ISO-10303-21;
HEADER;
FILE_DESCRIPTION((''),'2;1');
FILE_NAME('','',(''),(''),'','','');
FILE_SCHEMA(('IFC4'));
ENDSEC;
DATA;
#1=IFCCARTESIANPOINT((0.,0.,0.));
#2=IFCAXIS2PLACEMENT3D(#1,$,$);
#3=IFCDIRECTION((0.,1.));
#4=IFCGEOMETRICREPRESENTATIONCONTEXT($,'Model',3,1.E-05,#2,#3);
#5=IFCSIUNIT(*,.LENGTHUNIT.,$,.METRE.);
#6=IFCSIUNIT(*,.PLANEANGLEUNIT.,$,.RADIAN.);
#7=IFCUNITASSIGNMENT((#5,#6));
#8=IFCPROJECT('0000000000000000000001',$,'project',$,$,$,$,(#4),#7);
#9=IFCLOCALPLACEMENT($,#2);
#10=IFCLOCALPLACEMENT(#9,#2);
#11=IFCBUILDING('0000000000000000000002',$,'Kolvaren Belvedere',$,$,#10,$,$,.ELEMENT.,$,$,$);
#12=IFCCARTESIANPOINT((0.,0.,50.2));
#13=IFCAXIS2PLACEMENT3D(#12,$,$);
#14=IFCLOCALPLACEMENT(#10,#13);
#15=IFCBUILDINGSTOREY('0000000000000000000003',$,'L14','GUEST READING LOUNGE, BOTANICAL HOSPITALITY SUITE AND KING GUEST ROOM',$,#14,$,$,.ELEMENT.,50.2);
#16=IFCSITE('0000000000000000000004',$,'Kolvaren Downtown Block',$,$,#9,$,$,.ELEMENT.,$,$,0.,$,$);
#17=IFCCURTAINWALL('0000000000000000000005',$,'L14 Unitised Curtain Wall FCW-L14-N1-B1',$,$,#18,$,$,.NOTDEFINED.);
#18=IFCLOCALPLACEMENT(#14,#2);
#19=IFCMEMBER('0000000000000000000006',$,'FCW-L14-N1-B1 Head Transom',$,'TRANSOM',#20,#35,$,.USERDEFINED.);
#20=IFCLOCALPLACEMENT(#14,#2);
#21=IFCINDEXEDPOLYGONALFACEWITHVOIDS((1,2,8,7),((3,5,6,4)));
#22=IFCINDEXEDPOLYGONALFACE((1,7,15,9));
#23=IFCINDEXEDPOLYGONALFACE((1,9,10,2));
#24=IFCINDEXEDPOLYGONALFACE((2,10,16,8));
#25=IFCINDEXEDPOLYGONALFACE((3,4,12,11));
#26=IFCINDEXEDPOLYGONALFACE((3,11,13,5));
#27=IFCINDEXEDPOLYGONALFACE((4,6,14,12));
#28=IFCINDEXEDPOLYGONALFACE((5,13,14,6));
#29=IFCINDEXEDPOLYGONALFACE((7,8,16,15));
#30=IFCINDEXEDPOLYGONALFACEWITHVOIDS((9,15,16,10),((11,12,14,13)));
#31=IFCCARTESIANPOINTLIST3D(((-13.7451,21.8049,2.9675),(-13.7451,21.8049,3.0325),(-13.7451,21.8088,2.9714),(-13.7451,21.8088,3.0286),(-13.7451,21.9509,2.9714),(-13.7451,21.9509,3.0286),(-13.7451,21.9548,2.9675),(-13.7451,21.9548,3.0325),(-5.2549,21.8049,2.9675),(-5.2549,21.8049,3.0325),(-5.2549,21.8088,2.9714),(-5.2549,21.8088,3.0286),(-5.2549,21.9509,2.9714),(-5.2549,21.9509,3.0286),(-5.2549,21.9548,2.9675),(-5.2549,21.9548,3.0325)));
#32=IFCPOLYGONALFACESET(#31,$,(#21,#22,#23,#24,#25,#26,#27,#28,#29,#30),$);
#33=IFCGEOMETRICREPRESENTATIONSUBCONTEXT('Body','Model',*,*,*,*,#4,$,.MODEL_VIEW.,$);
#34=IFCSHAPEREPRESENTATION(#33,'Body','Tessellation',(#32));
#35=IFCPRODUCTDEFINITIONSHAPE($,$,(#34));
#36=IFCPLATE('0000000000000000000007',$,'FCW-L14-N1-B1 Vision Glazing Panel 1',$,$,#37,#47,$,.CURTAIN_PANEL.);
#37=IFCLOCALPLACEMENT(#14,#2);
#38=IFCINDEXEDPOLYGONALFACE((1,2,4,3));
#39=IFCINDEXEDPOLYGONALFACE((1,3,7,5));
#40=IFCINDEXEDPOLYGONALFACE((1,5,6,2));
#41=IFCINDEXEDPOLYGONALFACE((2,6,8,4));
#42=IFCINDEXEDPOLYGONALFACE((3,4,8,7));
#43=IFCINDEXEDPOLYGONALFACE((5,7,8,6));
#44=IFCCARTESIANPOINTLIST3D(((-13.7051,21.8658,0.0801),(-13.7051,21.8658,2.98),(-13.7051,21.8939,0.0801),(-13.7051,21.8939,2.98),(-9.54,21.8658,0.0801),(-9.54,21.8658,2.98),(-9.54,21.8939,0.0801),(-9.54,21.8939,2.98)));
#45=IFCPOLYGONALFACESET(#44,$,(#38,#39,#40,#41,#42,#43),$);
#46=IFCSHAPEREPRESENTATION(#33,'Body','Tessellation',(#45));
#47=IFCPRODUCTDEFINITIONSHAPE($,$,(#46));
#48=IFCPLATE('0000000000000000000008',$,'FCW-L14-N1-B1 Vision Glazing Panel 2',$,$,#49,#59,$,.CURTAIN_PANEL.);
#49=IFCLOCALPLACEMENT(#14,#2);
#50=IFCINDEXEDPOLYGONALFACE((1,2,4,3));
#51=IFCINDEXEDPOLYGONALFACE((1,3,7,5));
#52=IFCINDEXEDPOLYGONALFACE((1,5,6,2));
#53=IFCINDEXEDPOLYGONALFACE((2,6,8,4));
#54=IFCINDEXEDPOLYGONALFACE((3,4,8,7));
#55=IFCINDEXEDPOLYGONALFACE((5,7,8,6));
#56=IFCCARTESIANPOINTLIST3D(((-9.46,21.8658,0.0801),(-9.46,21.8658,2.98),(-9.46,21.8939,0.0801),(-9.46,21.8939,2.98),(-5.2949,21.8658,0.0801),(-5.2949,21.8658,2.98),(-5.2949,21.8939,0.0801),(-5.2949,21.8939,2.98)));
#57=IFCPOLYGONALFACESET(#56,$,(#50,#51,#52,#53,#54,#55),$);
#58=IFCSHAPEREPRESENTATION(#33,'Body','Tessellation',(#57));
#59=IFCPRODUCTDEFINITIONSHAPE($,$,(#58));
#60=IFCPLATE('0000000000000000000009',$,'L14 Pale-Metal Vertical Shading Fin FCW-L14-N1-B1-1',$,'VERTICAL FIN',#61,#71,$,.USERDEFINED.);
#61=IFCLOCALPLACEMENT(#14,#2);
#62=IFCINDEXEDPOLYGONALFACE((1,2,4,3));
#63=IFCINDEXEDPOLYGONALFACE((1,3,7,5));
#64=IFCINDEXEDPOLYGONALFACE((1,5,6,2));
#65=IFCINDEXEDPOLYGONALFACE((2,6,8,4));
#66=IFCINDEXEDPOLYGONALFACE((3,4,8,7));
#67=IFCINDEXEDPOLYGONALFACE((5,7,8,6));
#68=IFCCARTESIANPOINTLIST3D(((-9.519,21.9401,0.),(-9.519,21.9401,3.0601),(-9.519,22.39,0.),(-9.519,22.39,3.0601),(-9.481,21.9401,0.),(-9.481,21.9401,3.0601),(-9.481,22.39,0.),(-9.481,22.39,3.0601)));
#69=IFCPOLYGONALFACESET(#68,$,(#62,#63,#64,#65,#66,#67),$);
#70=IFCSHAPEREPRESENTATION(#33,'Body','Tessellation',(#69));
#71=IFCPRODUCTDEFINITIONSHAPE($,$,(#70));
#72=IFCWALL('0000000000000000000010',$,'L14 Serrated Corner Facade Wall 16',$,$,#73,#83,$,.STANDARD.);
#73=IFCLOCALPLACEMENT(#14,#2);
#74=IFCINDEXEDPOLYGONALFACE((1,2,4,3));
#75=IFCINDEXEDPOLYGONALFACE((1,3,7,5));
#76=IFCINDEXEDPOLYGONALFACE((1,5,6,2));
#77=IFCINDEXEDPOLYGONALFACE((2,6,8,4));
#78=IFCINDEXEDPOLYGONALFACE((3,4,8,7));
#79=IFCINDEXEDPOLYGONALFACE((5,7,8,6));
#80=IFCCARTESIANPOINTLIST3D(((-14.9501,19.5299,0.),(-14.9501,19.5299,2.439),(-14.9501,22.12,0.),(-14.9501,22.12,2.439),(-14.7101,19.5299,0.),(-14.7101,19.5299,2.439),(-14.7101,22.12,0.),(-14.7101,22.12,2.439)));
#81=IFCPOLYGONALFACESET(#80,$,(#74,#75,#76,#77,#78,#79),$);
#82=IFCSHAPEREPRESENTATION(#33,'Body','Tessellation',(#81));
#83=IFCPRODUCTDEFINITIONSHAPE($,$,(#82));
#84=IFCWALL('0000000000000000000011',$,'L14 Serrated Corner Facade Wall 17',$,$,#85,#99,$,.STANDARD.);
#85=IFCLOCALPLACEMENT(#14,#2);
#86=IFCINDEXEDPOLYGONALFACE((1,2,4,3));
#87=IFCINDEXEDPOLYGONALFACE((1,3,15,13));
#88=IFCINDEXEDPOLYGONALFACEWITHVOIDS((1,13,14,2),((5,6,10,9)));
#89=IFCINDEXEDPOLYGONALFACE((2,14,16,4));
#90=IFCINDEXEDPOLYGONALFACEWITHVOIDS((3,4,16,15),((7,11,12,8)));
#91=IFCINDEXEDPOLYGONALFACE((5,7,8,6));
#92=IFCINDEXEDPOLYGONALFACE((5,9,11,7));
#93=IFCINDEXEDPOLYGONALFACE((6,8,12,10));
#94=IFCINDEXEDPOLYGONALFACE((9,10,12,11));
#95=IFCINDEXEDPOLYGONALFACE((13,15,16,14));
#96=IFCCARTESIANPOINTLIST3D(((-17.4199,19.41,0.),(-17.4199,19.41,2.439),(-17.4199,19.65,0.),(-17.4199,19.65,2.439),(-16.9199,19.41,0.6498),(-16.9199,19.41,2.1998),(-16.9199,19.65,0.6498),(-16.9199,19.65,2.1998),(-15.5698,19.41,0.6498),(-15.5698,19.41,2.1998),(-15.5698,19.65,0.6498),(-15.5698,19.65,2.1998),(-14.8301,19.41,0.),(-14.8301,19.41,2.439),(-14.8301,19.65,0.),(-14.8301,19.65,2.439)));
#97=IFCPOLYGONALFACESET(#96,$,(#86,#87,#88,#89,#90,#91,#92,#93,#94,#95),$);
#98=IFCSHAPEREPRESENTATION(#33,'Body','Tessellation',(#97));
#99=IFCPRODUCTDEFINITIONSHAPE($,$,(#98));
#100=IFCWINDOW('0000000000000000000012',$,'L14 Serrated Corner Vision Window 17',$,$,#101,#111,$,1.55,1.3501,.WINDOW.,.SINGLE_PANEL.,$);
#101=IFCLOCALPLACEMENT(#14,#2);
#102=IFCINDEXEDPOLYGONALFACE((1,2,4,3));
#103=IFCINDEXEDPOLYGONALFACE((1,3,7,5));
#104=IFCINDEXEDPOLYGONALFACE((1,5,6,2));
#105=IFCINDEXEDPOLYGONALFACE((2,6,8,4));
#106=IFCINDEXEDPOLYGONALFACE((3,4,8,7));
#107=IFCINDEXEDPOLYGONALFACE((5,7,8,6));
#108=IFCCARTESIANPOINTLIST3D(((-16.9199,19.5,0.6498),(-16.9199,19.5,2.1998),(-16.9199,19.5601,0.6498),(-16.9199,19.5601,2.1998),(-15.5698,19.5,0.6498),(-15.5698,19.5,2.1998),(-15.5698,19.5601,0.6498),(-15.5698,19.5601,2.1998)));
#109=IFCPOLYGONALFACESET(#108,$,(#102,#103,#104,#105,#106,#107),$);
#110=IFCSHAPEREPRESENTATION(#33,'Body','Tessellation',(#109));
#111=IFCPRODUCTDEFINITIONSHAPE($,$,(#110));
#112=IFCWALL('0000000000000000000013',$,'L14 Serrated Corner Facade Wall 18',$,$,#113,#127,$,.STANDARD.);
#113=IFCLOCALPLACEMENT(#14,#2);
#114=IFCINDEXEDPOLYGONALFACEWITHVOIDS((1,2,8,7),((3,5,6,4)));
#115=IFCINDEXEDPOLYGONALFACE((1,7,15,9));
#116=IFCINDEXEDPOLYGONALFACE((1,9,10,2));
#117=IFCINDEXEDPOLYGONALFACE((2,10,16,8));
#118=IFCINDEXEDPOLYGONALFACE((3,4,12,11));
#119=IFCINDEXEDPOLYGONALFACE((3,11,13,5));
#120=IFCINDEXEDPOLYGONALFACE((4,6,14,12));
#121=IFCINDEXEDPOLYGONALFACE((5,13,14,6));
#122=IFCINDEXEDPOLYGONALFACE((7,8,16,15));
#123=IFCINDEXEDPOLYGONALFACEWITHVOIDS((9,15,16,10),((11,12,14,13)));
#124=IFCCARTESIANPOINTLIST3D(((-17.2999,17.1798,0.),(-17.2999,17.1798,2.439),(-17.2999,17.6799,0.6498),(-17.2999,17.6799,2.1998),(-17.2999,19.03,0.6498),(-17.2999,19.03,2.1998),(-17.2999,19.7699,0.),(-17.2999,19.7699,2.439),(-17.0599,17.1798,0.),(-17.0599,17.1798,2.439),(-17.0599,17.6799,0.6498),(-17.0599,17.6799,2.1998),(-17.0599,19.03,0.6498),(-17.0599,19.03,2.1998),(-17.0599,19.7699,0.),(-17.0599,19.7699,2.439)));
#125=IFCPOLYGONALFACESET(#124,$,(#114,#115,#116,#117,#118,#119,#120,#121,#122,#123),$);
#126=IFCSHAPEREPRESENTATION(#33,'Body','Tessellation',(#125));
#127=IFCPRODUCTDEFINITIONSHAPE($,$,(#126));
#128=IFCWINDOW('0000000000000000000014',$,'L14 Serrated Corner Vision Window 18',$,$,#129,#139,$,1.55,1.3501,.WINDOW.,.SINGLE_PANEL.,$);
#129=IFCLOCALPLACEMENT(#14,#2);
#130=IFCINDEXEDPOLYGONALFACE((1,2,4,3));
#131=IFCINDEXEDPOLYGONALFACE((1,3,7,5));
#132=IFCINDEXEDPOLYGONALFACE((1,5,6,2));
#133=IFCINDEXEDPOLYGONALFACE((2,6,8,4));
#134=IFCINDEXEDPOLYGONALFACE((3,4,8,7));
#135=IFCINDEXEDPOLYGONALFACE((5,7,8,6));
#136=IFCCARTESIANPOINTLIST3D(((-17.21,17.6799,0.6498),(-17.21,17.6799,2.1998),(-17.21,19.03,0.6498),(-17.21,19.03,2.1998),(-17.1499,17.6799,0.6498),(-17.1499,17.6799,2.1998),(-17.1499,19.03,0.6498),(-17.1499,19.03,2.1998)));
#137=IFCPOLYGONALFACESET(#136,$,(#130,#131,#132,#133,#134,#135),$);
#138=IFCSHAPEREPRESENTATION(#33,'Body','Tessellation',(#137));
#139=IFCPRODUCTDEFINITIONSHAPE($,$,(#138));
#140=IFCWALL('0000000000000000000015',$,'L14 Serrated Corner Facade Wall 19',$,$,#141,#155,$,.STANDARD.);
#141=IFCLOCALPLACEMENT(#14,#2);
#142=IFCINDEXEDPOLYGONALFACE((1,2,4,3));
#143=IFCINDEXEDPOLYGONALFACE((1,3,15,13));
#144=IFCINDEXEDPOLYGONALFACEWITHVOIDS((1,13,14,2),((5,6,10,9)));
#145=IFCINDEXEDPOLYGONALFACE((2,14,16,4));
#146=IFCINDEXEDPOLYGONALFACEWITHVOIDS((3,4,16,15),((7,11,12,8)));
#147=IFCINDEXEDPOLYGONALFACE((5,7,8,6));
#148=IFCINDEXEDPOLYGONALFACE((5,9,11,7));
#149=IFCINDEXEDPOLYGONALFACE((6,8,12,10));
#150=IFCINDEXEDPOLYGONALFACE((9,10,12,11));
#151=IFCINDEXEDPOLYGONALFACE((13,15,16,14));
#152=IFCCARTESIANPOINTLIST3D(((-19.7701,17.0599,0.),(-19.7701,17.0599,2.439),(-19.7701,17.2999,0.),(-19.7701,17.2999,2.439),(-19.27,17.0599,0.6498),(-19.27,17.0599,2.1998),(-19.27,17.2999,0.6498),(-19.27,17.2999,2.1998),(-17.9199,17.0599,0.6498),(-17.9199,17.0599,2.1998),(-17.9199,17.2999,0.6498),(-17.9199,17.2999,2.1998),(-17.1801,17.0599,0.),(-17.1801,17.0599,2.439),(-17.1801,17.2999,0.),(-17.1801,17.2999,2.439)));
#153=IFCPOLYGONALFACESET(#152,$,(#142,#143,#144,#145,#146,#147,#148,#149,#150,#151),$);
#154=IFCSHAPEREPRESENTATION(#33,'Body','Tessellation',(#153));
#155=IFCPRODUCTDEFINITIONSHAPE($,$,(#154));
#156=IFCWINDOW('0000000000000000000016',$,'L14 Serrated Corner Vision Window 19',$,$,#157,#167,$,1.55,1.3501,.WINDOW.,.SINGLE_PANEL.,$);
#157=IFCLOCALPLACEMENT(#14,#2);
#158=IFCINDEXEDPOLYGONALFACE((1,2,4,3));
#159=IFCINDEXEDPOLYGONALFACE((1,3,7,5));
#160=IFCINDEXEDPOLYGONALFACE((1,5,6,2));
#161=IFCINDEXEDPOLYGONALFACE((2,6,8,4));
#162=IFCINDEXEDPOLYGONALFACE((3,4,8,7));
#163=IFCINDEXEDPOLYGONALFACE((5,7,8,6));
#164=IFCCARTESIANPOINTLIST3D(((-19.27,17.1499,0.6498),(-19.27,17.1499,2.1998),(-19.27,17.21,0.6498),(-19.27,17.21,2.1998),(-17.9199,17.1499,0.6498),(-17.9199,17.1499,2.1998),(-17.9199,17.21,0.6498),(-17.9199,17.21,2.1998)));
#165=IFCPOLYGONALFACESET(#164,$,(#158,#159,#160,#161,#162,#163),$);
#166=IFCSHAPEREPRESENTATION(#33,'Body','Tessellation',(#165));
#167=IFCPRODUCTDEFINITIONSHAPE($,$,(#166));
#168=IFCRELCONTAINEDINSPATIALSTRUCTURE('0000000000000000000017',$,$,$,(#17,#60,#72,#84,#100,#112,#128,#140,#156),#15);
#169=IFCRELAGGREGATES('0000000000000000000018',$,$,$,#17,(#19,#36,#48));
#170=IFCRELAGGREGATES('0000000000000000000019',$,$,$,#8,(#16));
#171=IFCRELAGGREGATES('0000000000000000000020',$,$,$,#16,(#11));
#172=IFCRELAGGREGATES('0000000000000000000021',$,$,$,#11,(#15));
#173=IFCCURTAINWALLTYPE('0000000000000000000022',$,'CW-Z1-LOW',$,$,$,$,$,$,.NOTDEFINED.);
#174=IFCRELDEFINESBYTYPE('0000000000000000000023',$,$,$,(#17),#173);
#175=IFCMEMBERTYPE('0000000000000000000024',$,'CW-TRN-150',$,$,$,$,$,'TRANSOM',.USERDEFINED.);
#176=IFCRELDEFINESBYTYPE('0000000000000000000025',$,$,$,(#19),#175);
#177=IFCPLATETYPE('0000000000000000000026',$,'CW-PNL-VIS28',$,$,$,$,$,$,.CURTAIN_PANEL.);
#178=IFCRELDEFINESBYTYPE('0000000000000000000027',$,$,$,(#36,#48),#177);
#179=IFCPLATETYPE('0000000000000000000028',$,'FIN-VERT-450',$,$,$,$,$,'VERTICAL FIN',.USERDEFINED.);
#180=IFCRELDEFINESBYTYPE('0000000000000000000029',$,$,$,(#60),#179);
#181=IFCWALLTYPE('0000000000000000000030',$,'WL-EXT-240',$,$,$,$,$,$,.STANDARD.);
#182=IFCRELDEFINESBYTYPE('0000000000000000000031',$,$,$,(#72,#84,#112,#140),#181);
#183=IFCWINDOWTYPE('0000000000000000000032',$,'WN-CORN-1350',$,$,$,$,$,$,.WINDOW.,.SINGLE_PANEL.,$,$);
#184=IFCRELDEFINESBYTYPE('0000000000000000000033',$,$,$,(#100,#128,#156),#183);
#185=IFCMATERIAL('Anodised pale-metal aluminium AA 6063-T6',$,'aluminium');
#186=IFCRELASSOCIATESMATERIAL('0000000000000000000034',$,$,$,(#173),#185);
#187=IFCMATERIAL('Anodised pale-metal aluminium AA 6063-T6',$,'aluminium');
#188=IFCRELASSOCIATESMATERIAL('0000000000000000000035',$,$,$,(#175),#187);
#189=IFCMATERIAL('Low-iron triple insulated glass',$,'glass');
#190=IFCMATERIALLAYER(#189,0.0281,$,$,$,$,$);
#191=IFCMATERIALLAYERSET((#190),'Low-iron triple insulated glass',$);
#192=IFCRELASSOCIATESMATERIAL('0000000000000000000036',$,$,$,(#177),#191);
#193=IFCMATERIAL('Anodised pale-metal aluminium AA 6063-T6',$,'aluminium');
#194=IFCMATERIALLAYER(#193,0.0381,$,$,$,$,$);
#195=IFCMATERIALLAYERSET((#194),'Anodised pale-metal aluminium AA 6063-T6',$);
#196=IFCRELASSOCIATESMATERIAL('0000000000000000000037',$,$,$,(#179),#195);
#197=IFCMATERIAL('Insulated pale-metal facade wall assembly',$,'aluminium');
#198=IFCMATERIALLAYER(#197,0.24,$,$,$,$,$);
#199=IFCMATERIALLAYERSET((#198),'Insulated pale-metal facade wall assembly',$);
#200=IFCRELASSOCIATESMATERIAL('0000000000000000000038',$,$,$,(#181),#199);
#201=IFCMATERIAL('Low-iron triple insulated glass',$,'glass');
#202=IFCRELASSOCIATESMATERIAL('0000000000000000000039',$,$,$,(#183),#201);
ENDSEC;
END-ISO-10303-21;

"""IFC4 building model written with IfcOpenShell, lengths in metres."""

from ifc_helpers import new_model, si_unit, direction, frame, frame_2d, origin, origin_2d, place, context, subcontext, project, spatial, rectangle, hollow_rectangle, extrude, material, layer, layer_set, material_profile, profile_set, type_object, element, fill, aggregate, save


model = new_model("IFC4")

# Units and contexts
model_context = context("Model", 3, precision=1e-05, world=origin(), true_north=direction((0.0, 1.0)))
body_context = subcontext(model_context, "Body", "Model", "MODEL_VIEW")
ifc_project = project(units=[si_unit("LENGTHUNIT", "METRE"), si_unit("PLANEANGLEUNIT", "RADIAN")], contexts=[model_context])

# Site, building, storey
site_placement = place(None, origin())
site = spatial("IfcSite", under=ifc_project, at=site_placement, Name="Kolvaren Downtown Block", CompositionType="ELEMENT", RefElevation=0.0)
building_placement = place(site_placement, origin())
building = spatial("IfcBuilding", under=site, at=building_placement, Name="Kolvaren Belvedere", CompositionType="ELEMENT")
storey_placement = place(building_placement, frame((0.0, 0.0, 50.2)))
storey = spatial("IfcBuildingStorey", under=building, at=storey_placement, Name="L14", Description="GUEST READING LOUNGE, BOTANICAL HOSPITALITY SUITE AND KING GUEST ROOM", CompositionType="ELEMENT", Elevation=50.2)

# Curtain wall
ifc_material_1 = material(Name="Anodised pale-metal aluminium AA 6063-T6", Category="aluminium")
curtain_wall_type = type_object("IfcCurtainWallType", Name="CW-Z1-LOW", PredefinedType="NOTDEFINED", material=ifc_material_1)
curtain_wall_1_placement = place(storey_placement, origin())
curtain_wall_1 = element("IfcCurtainWall", 1, at=curtain_wall_1_placement, inside=storey, type_object=curtain_wall_type, Name="L14 Unitised Curtain Wall FCW-L14-N1-B1", PredefinedType="NOTDEFINED")

# Member
ifc_material_2 = material(Name="Anodised pale-metal aluminium AA 6063-T6", Category="aluminium")
ifc_material_profile_1 = material_profile(ifc_material_2, hollow_rectangle(XDim=0.0649, YDim=0.1499, WallThickness=0.0039, at=origin_2d()), Name="ALU-TRN-150X65")
ifc_profile_set_1 = profile_set([ifc_material_profile_1], Name="Anodised pale-metal aluminium AA 6063-T6")
member_type_1 = type_object("IfcMemberType", Name="CW-TRN-150", ElementType="TRANSOM", PredefinedType="USERDEFINED", material=ifc_profile_set_1)
member_1_placement = place(storey_placement, frame((-13.7451, 21.8799, 3.0), z_axis=(1.0, 0.0, 0.0), x_axis=(0.0, 0.0, 1.0)))
member_1 = element("IfcMember", 2, at=member_1_placement, type_object=member_type_1, Name="FCW-L14-N1-B1 Head Transom", ObjectType="TRANSOM", PredefinedType="USERDEFINED", context=body_context, shape_type="SweptSolid", body=[
    extrude(hollow_rectangle(XDim=0.0649, YDim=0.1499, WallThickness=0.0039, at=origin_2d()), origin(), (0.0, 0.0, 1.0), 8.4902),
])

# Plates
ifc_material_3 = material(Name="Low-iron triple insulated glass", Category="glass")
ifc_layer_1 = layer(ifc_material_3, 0.0281)
ifc_layer_set_1 = layer_set([ifc_layer_1], Name="Low-iron triple insulated glass")
plate_type_1 = type_object("IfcPlateType", Name="CW-PNL-VIS28", PredefinedType="CURTAIN_PANEL", material=ifc_layer_set_1)
plate_1_placement = place(storey_placement, frame((-11.6226, 21.8799, 0.0801), z_axis=(0.0, 0.0, 1.0), x_axis=(1.0, 0.0, 0.0)))
plate_1 = element("IfcPlate", 3, at=plate_1_placement, type_object=plate_type_1, Name="FCW-L14-N1-B1 Vision Glazing Panel 1", PredefinedType="CURTAIN_PANEL", context=body_context, shape_type="SweptSolid", body=[
    extrude(rectangle(XDim=4.165, YDim=0.0281, at=origin_2d()), origin(), (0.0, 0.0, 1.0), 2.8999),
])
plate_2_placement = place(storey_placement, frame((-7.3774, 21.8799, 0.0801), z_axis=(0.0, 0.0, 1.0), x_axis=(1.0, 0.0, 0.0)))
plate_2 = element("IfcPlate", 4, at=plate_2_placement, type_object=plate_type_1, Name="FCW-L14-N1-B1 Vision Glazing Panel 2", PredefinedType="CURTAIN_PANEL", context=body_context, shape_type="SweptSolid", body=[
    extrude(rectangle(XDim=4.165, YDim=0.0281, at=origin_2d()), origin(), (0.0, 0.0, 1.0), 2.8999),
])
aggregate(curtain_wall_1, [member_1, plate_1, plate_2])
ifc_material_4 = material(Name="Anodised pale-metal aluminium AA 6063-T6", Category="aluminium")
ifc_layer_2 = layer(ifc_material_4, 0.0381)
ifc_layer_set_2 = layer_set([ifc_layer_2], Name="Anodised pale-metal aluminium AA 6063-T6")
plate_type_2 = type_object("IfcPlateType", Name="FIN-VERT-450", ElementType="VERTICAL FIN", PredefinedType="USERDEFINED", material=ifc_layer_set_2)
plate_3_placement = place(storey_placement, frame((-9.5, 22.165, 0.0), z_axis=(0.0, 0.0, 1.0), x_axis=(0.0, 1.0, 0.0)))
element("IfcPlate", 5, at=plate_3_placement, inside=storey, type_object=plate_type_2, Name="L14 Pale-Metal Vertical Shading Fin FCW-L14-N1-B1-1", ObjectType="VERTICAL FIN", PredefinedType="USERDEFINED", context=body_context, shape_type="SweptSolid", body=[
    extrude(rectangle(XDim=0.45, YDim=0.0381, at=origin_2d()), origin(), (0.0, 0.0, 1.0), 3.0601),
])

# Wall
ifc_material_5 = material(Name="Insulated pale-metal facade wall assembly", Category="aluminium")
ifc_layer_3 = layer(ifc_material_5, 0.24)
ifc_layer_set_3 = layer_set([ifc_layer_3], Name="Insulated pale-metal facade wall assembly")
wall_type_1 = type_object("IfcWallType", Name="WL-EXT-240", PredefinedType="STANDARD", material=ifc_layer_set_3)
wall_1_placement = place(storey_placement, frame((-14.8301, 19.53, 0.0), z_axis=(0.0, 0.0, 1.0), x_axis=(0.0, 1.0, 0.0)))
element("IfcWall", 6, at=wall_1_placement, inside=storey, type_object=wall_type_1, Name="L14 Serrated Corner Facade Wall 16", PredefinedType="STANDARD", context=body_context, shape_type="SweptSolid", body=[
    extrude(rectangle(XDim=2.5901, YDim=0.24, at=frame_2d((1.2949, 0.0))), origin(), (0.0, 0.0, 1.0), 2.439),
])

# Walls, openings, windows
wall_2_placement = place(storey_placement, frame((-17.4199, 19.53, 0.0), z_axis=(0.0, 0.0, 1.0), x_axis=(1.0, 0.0, 0.0)))
wall_2 = element("IfcWall", 7, at=wall_2_placement, inside=storey, type_object=wall_type_1, Name="L14 Serrated Corner Facade Wall 17", PredefinedType="STANDARD", context=body_context, shape_type="SweptSolid", body=[
    extrude(rectangle(XDim=2.5898, YDim=0.24, at=frame_2d((1.2949, 0.0))), origin(), (0.0, 0.0, 1.0), 2.439),
])
opening_1_placement = place(wall_2_placement, frame((0.5, 0.0, 0.6499)))
opening_1 = element("IfcOpeningElement", 8, at=opening_1_placement, cuts=wall_2, PredefinedType="OPENING", context=body_context, shape_type="SweptSolid", body=[
    extrude(rectangle(XDim=1.3501, YDim=1.55, at=frame_2d((0.675, 0.7749))), frame((0.0, 0.1299, 0.0), z_axis=(0.0, -1.0, 0.0), x_axis=(1.0, 0.0, 0.0)), (0.0, 0.0, 1.0), 0.26),
])
ifc_material_6 = material(Name="Low-iron triple insulated glass", Category="glass")
window_type = type_object("IfcWindowType", Name="WN-CORN-1350", PartitioningType="SINGLE_PANEL", PredefinedType="WINDOW", material=ifc_material_6)
window_1_placement = place(opening_1_placement, origin())
window_1 = element("IfcWindow", 9, at=window_1_placement, inside=storey, type_object=window_type, Name="L14 Serrated Corner Vision Window 17", OverallHeight=1.55, OverallWidth=1.3501, PartitioningType="SINGLE_PANEL", PredefinedType="WINDOW", context=body_context, shape_type="SweptSolid", body=[
    extrude(rectangle(XDim=1.3501, YDim=1.55, at=frame_2d((0.675, 0.7749))), frame((0.0, 0.03, 0.0), z_axis=(0.0, -1.0, 0.0), x_axis=(1.0, 0.0, 0.0)), (0.0, 0.0, 1.0), 0.0601),
])
fill(opening_1, window_1)
wall_3_placement = place(storey_placement, frame((-17.1799, 17.1799, 0.0), z_axis=(0.0, 0.0, 1.0), x_axis=(0.0, 1.0, 0.0)))
wall_3 = element("IfcWall", 10, at=wall_3_placement, inside=storey, type_object=wall_type_1, Name="L14 Serrated Corner Facade Wall 18", PredefinedType="STANDARD", context=body_context, shape_type="SweptSolid", body=[
    extrude(rectangle(XDim=2.5901, YDim=0.24, at=frame_2d((1.2949, 0.0))), origin(), (0.0, 0.0, 1.0), 2.439),
])
opening_2_placement = place(wall_3_placement, frame((0.5, 0.0, 0.6499)))
opening_2 = element("IfcOpeningElement", 11, at=opening_2_placement, cuts=wall_3, PredefinedType="OPENING", context=body_context, shape_type="SweptSolid", body=[
    extrude(rectangle(XDim=1.3501, YDim=1.55, at=frame_2d((0.675, 0.7749))), frame((0.0, 0.1299, 0.0), z_axis=(0.0, -1.0, 0.0), x_axis=(1.0, 0.0, 0.0)), (0.0, 0.0, 1.0), 0.26),
])
window_2_placement = place(opening_2_placement, origin())
window_2 = element("IfcWindow", 12, at=window_2_placement, inside=storey, type_object=window_type, Name="L14 Serrated Corner Vision Window 18", OverallHeight=1.55, OverallWidth=1.3501, PartitioningType="SINGLE_PANEL", PredefinedType="WINDOW", context=body_context, shape_type="SweptSolid", body=[
    extrude(rectangle(XDim=1.3501, YDim=1.55, at=frame_2d((0.675, 0.7749))), frame((0.0, 0.03, 0.0), z_axis=(0.0, -1.0, 0.0), x_axis=(1.0, 0.0, 0.0)), (0.0, 0.0, 1.0), 0.0601),
])
fill(opening_2, window_2)
wall_4_placement = place(storey_placement, frame((-19.77, 17.1799, 0.0), z_axis=(0.0, 0.0, 1.0), x_axis=(1.0, 0.0, 0.0)))
wall_4 = element("IfcWall", 13, at=wall_4_placement, inside=storey, type_object=wall_type_1, Name="L14 Serrated Corner Facade Wall 19", PredefinedType="STANDARD", context=body_context, shape_type="SweptSolid", body=[
    extrude(rectangle(XDim=2.5901, YDim=0.24, at=frame_2d((1.2949, 0.0))), origin(), (0.0, 0.0, 1.0), 2.439),
])
opening_3_placement = place(wall_4_placement, frame((0.5, 0.0, 0.6499)))
opening_3 = element("IfcOpeningElement", 14, at=opening_3_placement, cuts=wall_4, PredefinedType="OPENING", context=body_context, shape_type="SweptSolid", body=[
    extrude(rectangle(XDim=1.3501, YDim=1.55, at=frame_2d((0.675, 0.7749))), frame((0.0, 0.1299, 0.0), z_axis=(0.0, -1.0, 0.0), x_axis=(1.0, 0.0, 0.0)), (0.0, 0.0, 1.0), 0.26),
])
window_3_placement = place(opening_3_placement, origin())
window_3 = element("IfcWindow", 15, at=window_3_placement, inside=storey, type_object=window_type, Name="L14 Serrated Corner Vision Window 19", OverallHeight=1.55, OverallWidth=1.3501, PartitioningType="SINGLE_PANEL", PredefinedType="WINDOW", context=body_context, shape_type="SweptSolid", body=[
    extrude(rectangle(XDim=1.3501, YDim=1.55, at=frame_2d((0.675, 0.7749))), frame((0.0, 0.03, 0.0), z_axis=(0.0, -1.0, 0.0), x_axis=(1.0, 0.0, 0.0)), (0.0, 0.0, 1.0), 0.0601),
])
fill(opening_3, window_3)

save(model, "model.ifc")
